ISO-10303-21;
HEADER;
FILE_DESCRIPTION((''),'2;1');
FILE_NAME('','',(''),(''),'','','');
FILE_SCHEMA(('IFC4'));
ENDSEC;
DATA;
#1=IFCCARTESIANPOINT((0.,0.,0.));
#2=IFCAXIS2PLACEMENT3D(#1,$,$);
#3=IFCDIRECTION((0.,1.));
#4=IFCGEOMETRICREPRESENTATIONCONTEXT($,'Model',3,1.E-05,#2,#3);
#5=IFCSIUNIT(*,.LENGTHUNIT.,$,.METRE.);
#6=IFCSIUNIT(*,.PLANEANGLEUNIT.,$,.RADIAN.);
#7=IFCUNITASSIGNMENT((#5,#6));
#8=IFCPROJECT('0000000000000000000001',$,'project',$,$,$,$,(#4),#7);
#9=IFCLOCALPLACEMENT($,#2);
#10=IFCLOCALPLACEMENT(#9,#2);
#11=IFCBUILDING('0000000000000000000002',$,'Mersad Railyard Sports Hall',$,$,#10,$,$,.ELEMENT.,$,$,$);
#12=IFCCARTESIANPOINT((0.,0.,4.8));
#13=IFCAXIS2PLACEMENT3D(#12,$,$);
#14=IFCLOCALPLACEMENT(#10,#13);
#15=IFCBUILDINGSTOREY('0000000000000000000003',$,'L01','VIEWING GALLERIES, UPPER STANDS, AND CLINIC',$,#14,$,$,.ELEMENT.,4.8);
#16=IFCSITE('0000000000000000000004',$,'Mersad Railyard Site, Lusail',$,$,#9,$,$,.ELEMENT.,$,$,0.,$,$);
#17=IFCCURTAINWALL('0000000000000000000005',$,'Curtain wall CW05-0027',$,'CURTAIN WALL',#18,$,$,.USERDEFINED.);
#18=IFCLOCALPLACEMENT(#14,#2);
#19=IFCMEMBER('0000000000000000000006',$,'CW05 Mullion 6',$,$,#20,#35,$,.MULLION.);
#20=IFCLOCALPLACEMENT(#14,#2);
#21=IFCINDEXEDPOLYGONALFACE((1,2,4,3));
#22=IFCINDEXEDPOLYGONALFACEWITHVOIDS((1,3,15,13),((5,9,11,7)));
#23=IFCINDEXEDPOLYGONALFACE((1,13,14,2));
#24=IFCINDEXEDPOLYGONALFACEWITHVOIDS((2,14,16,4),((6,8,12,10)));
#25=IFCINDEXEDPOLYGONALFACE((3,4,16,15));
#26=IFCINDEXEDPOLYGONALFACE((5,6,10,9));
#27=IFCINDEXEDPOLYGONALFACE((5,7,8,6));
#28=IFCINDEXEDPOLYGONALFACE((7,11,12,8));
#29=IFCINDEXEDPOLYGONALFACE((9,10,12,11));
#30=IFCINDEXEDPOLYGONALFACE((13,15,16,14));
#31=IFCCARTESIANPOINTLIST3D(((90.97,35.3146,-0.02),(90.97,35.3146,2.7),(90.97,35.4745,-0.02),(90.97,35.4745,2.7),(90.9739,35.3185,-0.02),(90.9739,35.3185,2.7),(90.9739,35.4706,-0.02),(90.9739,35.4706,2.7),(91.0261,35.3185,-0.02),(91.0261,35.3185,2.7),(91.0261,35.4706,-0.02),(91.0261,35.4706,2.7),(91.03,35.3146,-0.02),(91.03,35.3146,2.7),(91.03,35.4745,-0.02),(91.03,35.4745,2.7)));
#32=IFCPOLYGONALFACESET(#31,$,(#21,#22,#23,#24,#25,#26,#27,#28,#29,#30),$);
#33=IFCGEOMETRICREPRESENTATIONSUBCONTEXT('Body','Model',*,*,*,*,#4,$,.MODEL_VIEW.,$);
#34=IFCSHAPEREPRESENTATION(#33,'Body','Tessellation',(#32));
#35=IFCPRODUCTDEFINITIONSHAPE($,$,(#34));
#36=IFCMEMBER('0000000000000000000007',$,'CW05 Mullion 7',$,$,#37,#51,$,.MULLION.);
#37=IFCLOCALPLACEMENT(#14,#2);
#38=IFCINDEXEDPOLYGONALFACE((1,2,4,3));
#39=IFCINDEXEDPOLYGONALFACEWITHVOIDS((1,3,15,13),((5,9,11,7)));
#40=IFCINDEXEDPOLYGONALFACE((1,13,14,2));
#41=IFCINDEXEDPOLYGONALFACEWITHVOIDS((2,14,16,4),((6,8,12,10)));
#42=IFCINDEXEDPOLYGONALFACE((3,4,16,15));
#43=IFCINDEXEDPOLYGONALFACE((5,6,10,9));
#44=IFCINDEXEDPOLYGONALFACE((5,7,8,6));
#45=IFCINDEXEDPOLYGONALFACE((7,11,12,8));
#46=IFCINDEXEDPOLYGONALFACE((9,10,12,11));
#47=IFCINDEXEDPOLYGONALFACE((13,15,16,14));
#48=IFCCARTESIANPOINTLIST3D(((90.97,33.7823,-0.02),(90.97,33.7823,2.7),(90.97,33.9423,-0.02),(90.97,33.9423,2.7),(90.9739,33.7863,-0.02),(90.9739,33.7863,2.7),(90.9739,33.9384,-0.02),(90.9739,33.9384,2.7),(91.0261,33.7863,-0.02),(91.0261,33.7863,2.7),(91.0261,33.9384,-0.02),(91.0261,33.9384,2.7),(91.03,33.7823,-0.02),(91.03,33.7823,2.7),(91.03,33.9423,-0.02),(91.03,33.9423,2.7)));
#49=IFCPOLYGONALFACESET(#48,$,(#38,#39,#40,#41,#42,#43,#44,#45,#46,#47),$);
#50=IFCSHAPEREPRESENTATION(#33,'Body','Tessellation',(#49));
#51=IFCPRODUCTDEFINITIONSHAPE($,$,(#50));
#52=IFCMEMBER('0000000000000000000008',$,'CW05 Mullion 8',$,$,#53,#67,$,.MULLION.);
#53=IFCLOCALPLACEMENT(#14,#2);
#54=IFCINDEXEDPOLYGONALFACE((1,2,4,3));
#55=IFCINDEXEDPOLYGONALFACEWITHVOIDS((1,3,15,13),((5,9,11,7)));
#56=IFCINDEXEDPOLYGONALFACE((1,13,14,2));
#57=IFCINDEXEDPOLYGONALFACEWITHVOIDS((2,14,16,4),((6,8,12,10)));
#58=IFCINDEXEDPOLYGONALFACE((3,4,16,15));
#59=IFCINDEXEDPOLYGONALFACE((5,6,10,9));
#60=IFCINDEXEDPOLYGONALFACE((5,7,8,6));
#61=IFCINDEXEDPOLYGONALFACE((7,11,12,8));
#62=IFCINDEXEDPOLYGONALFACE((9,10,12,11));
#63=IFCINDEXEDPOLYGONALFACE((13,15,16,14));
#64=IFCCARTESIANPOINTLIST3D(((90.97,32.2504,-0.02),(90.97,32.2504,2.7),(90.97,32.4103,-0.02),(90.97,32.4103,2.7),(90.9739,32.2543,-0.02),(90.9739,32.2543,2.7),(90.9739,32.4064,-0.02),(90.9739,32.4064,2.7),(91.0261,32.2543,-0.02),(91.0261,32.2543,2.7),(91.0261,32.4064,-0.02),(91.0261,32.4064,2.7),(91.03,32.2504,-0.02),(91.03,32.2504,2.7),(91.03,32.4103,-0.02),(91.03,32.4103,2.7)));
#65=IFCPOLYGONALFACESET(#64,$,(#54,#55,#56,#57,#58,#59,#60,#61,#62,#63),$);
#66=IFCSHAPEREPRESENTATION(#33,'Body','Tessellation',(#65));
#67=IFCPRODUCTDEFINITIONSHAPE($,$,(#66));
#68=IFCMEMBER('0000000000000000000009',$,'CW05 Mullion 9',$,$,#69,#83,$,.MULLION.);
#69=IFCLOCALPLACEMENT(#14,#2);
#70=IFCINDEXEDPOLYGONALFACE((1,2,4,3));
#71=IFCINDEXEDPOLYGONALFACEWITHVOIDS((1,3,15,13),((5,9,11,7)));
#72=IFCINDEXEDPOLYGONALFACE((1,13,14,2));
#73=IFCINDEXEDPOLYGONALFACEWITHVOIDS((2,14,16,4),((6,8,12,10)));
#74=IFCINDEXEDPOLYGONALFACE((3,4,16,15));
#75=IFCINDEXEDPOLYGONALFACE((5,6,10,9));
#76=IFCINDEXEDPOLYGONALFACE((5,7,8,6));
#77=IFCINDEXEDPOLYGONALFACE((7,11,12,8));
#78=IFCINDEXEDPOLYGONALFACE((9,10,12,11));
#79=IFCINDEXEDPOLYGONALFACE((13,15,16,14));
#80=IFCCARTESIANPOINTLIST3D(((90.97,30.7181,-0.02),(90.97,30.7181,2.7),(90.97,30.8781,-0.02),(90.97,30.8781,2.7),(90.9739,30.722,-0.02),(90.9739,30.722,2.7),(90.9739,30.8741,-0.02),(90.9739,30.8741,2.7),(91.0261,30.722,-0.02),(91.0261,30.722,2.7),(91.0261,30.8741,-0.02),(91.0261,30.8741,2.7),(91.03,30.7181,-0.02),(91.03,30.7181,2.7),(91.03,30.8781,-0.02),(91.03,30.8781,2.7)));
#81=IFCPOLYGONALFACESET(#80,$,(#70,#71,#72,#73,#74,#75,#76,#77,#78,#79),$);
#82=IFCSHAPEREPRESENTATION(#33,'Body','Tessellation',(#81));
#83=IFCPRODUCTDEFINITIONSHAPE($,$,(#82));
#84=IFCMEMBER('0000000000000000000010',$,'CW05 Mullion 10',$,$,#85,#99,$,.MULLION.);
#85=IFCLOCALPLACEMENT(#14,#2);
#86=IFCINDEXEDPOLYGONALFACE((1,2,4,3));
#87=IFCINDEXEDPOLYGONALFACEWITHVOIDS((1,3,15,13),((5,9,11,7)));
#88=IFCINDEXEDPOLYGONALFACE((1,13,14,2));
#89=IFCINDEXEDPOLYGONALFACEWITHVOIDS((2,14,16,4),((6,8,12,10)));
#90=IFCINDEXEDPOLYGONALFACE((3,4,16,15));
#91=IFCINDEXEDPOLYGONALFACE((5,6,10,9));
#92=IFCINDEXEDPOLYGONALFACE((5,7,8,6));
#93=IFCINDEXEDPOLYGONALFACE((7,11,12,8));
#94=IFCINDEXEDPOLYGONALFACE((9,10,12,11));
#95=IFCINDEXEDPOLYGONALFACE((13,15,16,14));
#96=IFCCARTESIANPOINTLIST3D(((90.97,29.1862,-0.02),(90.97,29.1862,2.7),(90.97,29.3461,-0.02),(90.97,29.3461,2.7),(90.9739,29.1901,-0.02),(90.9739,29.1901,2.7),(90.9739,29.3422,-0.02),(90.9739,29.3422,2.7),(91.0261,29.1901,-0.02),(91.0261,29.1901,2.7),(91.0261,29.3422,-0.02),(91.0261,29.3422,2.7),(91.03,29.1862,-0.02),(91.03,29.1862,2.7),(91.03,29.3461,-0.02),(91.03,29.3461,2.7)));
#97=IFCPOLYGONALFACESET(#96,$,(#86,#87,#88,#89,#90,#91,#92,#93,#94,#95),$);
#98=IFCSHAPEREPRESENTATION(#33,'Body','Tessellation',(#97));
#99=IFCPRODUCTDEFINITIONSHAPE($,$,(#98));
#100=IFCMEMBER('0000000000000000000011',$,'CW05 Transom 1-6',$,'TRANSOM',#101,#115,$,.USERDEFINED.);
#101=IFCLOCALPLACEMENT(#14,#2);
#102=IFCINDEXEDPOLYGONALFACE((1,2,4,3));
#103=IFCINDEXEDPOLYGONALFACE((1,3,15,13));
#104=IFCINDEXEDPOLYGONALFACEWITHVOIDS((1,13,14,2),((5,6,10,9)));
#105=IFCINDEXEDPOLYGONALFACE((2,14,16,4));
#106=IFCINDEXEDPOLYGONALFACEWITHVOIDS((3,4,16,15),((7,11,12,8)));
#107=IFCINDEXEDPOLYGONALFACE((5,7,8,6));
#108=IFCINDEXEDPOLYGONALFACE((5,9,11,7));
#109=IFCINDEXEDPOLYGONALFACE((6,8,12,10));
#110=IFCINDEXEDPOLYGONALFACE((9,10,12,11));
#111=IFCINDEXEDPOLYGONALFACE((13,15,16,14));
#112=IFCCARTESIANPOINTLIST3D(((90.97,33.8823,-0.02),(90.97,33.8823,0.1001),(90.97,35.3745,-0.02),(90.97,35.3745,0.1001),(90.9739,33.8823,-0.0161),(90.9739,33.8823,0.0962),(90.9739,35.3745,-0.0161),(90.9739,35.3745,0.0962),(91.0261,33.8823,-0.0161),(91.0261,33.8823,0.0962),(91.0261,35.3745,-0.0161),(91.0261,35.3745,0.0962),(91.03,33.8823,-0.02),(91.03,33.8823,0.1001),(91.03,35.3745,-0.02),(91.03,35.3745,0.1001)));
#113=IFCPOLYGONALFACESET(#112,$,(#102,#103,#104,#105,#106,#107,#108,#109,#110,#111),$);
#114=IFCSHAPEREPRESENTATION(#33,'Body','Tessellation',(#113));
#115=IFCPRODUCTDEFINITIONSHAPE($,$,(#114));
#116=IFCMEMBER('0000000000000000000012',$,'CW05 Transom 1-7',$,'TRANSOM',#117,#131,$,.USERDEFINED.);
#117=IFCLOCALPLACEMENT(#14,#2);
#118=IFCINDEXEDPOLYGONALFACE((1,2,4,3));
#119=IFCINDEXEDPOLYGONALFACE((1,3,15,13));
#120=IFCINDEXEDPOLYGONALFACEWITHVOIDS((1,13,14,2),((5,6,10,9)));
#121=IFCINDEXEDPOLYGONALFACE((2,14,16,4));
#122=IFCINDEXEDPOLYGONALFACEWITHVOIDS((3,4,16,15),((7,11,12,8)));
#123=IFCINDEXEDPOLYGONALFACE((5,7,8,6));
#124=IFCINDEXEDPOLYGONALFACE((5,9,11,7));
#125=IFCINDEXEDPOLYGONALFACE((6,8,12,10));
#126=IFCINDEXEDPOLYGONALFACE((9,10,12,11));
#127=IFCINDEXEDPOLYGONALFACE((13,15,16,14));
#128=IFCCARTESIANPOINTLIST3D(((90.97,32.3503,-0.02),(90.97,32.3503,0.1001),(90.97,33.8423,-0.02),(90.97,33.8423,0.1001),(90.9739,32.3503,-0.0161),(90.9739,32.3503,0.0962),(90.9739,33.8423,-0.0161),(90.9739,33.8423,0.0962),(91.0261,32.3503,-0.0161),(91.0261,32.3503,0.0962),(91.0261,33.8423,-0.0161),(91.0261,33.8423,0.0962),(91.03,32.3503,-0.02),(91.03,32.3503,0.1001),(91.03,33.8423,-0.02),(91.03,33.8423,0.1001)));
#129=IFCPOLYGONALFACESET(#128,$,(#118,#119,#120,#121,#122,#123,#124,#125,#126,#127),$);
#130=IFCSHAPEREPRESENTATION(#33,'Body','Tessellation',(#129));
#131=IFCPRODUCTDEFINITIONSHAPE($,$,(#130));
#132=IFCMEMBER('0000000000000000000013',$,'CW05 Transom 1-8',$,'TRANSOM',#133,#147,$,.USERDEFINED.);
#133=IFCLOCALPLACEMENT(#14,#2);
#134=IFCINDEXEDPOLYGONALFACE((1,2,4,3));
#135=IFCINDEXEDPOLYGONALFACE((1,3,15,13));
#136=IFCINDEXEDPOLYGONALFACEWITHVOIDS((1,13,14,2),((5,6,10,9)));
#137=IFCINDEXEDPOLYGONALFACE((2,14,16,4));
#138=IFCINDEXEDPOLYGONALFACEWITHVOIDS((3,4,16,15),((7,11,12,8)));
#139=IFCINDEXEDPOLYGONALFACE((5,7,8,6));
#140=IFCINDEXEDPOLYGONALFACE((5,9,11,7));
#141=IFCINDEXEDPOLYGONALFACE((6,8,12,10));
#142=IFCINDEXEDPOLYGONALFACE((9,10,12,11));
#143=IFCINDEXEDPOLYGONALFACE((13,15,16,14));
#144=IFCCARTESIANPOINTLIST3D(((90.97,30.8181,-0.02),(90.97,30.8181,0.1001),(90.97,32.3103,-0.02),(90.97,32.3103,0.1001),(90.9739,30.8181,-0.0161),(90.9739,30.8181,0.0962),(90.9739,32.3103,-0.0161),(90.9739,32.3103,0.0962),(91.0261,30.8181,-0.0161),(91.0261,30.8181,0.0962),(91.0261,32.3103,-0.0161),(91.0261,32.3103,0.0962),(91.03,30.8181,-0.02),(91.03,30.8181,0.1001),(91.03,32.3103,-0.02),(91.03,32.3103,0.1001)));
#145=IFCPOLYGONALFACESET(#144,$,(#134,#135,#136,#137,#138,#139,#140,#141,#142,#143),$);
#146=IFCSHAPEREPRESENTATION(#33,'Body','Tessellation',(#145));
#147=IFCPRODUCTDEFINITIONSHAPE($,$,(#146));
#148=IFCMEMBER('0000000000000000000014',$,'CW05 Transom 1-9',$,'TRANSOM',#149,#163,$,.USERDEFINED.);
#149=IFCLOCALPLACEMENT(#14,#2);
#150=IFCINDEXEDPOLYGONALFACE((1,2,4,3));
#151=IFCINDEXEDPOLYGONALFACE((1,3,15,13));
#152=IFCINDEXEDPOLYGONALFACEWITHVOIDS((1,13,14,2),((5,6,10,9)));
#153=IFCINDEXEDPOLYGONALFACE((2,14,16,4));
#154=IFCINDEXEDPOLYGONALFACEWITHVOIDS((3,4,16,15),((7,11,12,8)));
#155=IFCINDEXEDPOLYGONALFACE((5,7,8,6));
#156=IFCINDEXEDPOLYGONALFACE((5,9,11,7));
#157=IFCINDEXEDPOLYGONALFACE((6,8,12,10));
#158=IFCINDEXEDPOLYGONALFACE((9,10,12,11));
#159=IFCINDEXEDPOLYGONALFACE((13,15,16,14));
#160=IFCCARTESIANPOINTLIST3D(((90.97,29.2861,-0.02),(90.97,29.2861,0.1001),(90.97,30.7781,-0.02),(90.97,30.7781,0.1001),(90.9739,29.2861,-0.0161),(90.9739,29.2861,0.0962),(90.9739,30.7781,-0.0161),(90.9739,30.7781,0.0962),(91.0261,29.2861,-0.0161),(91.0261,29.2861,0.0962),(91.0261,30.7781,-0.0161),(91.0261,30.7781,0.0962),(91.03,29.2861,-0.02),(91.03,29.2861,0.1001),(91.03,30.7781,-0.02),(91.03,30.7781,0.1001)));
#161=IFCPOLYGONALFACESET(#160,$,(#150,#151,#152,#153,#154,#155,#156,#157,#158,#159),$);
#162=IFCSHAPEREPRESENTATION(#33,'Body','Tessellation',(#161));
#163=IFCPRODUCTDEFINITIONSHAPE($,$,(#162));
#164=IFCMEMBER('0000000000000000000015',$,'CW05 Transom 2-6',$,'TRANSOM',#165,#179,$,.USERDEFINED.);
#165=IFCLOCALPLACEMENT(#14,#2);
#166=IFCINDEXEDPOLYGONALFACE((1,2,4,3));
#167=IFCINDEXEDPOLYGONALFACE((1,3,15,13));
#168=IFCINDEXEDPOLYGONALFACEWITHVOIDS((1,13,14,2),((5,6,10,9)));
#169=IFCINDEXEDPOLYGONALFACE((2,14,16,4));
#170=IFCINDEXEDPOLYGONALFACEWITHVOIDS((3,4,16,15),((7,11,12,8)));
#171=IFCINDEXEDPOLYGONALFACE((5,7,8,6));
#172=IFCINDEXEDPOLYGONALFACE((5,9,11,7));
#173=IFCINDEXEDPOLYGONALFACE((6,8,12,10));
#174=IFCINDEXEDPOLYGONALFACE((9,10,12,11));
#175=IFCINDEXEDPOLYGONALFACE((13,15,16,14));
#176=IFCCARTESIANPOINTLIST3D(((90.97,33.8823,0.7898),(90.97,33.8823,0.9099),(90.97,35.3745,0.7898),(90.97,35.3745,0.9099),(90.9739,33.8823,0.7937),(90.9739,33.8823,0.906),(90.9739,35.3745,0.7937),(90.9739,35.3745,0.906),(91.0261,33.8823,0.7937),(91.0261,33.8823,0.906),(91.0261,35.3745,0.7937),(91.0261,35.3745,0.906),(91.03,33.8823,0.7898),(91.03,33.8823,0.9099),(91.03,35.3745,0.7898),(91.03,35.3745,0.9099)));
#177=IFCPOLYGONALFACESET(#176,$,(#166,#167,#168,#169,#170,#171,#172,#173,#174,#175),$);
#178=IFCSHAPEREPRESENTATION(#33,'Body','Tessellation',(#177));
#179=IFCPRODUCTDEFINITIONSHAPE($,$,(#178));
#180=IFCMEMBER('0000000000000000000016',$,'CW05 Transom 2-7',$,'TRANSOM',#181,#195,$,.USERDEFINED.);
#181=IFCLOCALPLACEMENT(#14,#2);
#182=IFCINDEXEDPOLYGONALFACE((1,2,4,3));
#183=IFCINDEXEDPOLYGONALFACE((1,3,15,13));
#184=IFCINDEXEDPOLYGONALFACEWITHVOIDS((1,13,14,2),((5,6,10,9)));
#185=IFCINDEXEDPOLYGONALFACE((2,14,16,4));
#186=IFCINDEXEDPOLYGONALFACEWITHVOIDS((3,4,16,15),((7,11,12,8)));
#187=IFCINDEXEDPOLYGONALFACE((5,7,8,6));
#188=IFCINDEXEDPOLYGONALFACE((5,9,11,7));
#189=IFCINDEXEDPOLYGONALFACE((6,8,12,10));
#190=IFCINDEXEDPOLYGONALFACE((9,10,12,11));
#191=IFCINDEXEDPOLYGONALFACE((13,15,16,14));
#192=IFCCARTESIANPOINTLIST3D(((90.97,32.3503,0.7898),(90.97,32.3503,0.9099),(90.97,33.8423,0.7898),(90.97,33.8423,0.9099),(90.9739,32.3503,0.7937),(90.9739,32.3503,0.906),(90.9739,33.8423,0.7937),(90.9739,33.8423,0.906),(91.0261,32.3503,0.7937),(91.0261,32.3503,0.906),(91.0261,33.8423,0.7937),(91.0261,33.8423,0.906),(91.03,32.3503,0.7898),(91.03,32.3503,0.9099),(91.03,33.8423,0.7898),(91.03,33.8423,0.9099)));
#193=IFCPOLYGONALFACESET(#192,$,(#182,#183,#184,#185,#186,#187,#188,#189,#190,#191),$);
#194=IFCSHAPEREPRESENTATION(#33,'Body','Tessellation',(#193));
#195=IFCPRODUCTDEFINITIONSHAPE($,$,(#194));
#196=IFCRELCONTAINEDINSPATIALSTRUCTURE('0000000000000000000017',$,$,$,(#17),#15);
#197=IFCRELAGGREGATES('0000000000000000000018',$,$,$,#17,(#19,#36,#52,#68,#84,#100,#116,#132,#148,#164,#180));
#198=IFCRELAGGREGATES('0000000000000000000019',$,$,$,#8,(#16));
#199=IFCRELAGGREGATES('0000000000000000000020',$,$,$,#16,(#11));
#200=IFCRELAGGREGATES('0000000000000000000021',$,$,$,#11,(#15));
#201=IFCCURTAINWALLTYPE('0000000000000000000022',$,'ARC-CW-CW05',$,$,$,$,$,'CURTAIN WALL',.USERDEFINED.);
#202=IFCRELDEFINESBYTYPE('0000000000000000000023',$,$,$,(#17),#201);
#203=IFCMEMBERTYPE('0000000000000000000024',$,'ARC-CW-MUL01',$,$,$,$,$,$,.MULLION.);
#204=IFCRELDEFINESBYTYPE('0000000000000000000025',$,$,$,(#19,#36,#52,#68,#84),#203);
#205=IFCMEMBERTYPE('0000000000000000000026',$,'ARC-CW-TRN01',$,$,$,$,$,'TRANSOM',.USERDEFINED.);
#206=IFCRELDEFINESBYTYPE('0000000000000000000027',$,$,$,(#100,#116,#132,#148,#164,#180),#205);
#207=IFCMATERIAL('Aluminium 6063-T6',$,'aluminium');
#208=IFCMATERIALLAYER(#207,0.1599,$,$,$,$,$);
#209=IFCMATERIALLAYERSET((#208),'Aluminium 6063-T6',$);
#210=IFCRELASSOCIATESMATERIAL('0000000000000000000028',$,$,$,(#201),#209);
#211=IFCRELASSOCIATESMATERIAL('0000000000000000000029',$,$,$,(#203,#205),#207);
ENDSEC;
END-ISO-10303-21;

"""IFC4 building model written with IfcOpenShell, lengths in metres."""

from ifc_helpers import new_model, si_unit, direction, frame, origin, origin_2d, place, context, subcontext, project, spatial, hollow_rectangle, extrude, material, layer, layer_set, material_profile, profile_set, type_object, element, aggregate, save


model = new_model("IFC4")

# Units and contexts
model_context = context("Model", 3, precision=1e-05, world=origin(), true_north=direction((0.0, 1.0)))
body_context = subcontext(model_context, "Body", "Model", "MODEL_VIEW")
ifc_project = project(units=[si_unit("LENGTHUNIT", "METRE"), si_unit("PLANEANGLEUNIT", "RADIAN")], contexts=[model_context])

# Site, building, storey
site_placement = place(None, origin())
site = spatial("IfcSite", under=ifc_project, at=site_placement, Name="Mersad Railyard Site, Lusail", CompositionType="ELEMENT", RefElevation=0.0)
building_placement = place(site_placement, origin())
building = spatial("IfcBuilding", under=site, at=building_placement, Name="Mersad Railyard Sports Hall", CompositionType="ELEMENT")
storey_placement = place(building_placement, frame((0.0, 0.0, 4.8)))
storey = spatial("IfcBuildingStorey", under=building, at=storey_placement, Name="L01", Description="VIEWING GALLERIES, UPPER STANDS, AND CLINIC", CompositionType="ELEMENT", Elevation=4.8)

# Curtain wall, members
ifc_material_1 = material(Name="Aluminium 6063-T6", Category="aluminium")
ifc_layer_1 = layer(ifc_material_1, 0.1599)
ifc_layer_set_1 = layer_set([ifc_layer_1], Name="Aluminium 6063-T6")
curtain_wall_type = type_object("IfcCurtainWallType", Name="ARC-CW-CW05", ElementType="CURTAIN WALL", PredefinedType="USERDEFINED", material=ifc_layer_set_1)
curtain_wall_placement = place(storey_placement, origin())
curtain_wall = element("IfcCurtainWall", 1, at=curtain_wall_placement, inside=storey, type_object=curtain_wall_type, Name="Curtain wall CW05-0027", ObjectType="CURTAIN WALL", PredefinedType="USERDEFINED")
ifc_material_profile_1 = material_profile(ifc_material_1, hollow_rectangle(XDim=0.0601, YDim=0.1599, WallThickness=0.0039, at=origin_2d()), Name="AL MULLION 60x160x4")
ifc_profile_set_1 = profile_set([ifc_material_profile_1], Name="Aluminium 6063-T6")
member_type_1 = type_object("IfcMemberType", Name="ARC-CW-MUL01", PredefinedType="MULLION", material=ifc_profile_set_1)
member_1_placement = place(storey_placement, frame((91.0, 35.3945, -0.02), z_axis=(0.0, 0.0, 1.0), x_axis=(1.0, 0.0, 0.0)))
member_1 = element("IfcMember", 2, at=member_1_placement, type_object=member_type_1, Name="CW05 Mullion 6", PredefinedType="MULLION", context=body_context, shape_type="SweptSolid", body=[
    extrude(hollow_rectangle(XDim=0.0601, YDim=0.1599, WallThickness=0.0039, at=origin_2d()), origin(), (0.0, 0.0, 1.0), 2.72),
])
member_2_placement = place(storey_placement, frame((91.0, 33.8623, -0.02), z_axis=(0.0, 0.0, 1.0), x_axis=(1.0, 0.0, 0.0)))
member_2 = element("IfcMember", 3, at=member_2_placement, type_object=member_type_1, Name="CW05 Mullion 7", PredefinedType="MULLION", context=body_context, shape_type="SweptSolid", body=[
    extrude(hollow_rectangle(XDim=0.0601, YDim=0.1599, WallThickness=0.0039, at=origin_2d()), origin(), (0.0, 0.0, 1.0), 2.72),
])
member_3_placement = place(storey_placement, frame((91.0, 32.3303, -0.02), z_axis=(0.0, 0.0, 1.0), x_axis=(1.0, 0.0, 0.0)))
member_3 = element("IfcMember", 4, at=member_3_placement, type_object=member_type_1, Name="CW05 Mullion 8", PredefinedType="MULLION", context=body_context, shape_type="SweptSolid", body=[
    extrude(hollow_rectangle(XDim=0.0601, YDim=0.1599, WallThickness=0.0039, at=origin_2d()), origin(), (0.0, 0.0, 1.0), 2.72),
])
member_4_placement = place(storey_placement, frame((91.0, 30.7981, -0.02), z_axis=(0.0, 0.0, 1.0), x_axis=(1.0, 0.0, 0.0)))
member_4 = element("IfcMember", 5, at=member_4_placement, type_object=member_type_1, Name="CW05 Mullion 9", PredefinedType="MULLION", context=body_context, shape_type="SweptSolid", body=[
    extrude(hollow_rectangle(XDim=0.0601, YDim=0.1599, WallThickness=0.0039, at=origin_2d()), origin(), (0.0, 0.0, 1.0), 2.72),
])
member_5_placement = place(storey_placement, frame((91.0, 29.2661, -0.02), z_axis=(0.0, 0.0, 1.0), x_axis=(1.0, 0.0, 0.0)))
member_5 = element("IfcMember", 6, at=member_5_placement, type_object=member_type_1, Name="CW05 Mullion 10", PredefinedType="MULLION", context=body_context, shape_type="SweptSolid", body=[
    extrude(hollow_rectangle(XDim=0.0601, YDim=0.1599, WallThickness=0.0039, at=origin_2d()), origin(), (0.0, 0.0, 1.0), 2.72),
])
ifc_material_profile_2 = material_profile(ifc_material_1, hollow_rectangle(XDim=0.0601, YDim=0.1201, WallThickness=0.0039, at=origin_2d()), Name="AL TRANSOM 60x120x4")
ifc_profile_set_2 = profile_set([ifc_material_profile_2], Name="Aluminium 6063-T6")
member_type_2 = type_object("IfcMemberType", Name="ARC-CW-TRN01", ElementType="TRANSOM", PredefinedType="USERDEFINED", material=ifc_profile_set_2)
member_6_placement = place(storey_placement, frame((91.0, 35.3745, 0.04), z_axis=(0.0, -1.0, 0.0), x_axis=(1.0, 0.0, 0.0)))
member_6 = element("IfcMember", 7, at=member_6_placement, type_object=member_type_2, Name="CW05 Transom 1-6", ObjectType="TRANSOM", PredefinedType="USERDEFINED", context=body_context, shape_type="SweptSolid", body=[
    extrude(hollow_rectangle(XDim=0.0601, YDim=0.1201, WallThickness=0.0039, at=origin_2d()), origin(), (0.0, 0.0, 1.0), 1.4922),
])
member_7_placement = place(storey_placement, frame((91.0, 33.8423, 0.04), z_axis=(0.0, -1.0, 0.0), x_axis=(1.0, 0.0, 0.0)))
member_7 = element("IfcMember", 8, at=member_7_placement, type_object=member_type_2, Name="CW05 Transom 1-7", ObjectType="TRANSOM", PredefinedType="USERDEFINED", context=body_context, shape_type="SweptSolid", body=[
    extrude(hollow_rectangle(XDim=0.0601, YDim=0.1201, WallThickness=0.0039, at=origin_2d()), origin(), (0.0, 0.0, 1.0), 1.4919),
])
member_8_placement = place(storey_placement, frame((91.0, 32.3103, 0.04), z_axis=(0.0, -1.0, 0.0), x_axis=(1.0, 0.0, 0.0)))
member_8 = element("IfcMember", 9, at=member_8_placement, type_object=member_type_2, Name="CW05 Transom 1-8", ObjectType="TRANSOM", PredefinedType="USERDEFINED", context=body_context, shape_type="SweptSolid", body=[
    extrude(hollow_rectangle(XDim=0.0601, YDim=0.1201, WallThickness=0.0039, at=origin_2d()), origin(), (0.0, 0.0, 1.0), 1.4922),
])
member_9_placement = place(storey_placement, frame((91.0, 30.7781, 0.04), z_axis=(0.0, -1.0, 0.0), x_axis=(1.0, 0.0, 0.0)))
member_9 = element("IfcMember", 10, at=member_9_placement, type_object=member_type_2, Name="CW05 Transom 1-9", ObjectType="TRANSOM", PredefinedType="USERDEFINED", context=body_context, shape_type="SweptSolid", body=[
    extrude(hollow_rectangle(XDim=0.0601, YDim=0.1201, WallThickness=0.0039, at=origin_2d()), origin(), (0.0, 0.0, 1.0), 1.4919),
])
member_10_placement = place(storey_placement, frame((91.0, 35.3745, 0.8499), z_axis=(0.0, -1.0, 0.0), x_axis=(1.0, 0.0, 0.0)))
member_10 = element("IfcMember", 11, at=member_10_placement, type_object=member_type_2, Name="CW05 Transom 2-6", ObjectType="TRANSOM", PredefinedType="USERDEFINED", context=body_context, shape_type="SweptSolid", body=[
    extrude(hollow_rectangle(XDim=0.0601, YDim=0.1201, WallThickness=0.0039, at=origin_2d()), origin(), (0.0, 0.0, 1.0), 1.4922),
])
member_11_placement = place(storey_placement, frame((91.0, 33.8423, 0.8499), z_axis=(0.0, -1.0, 0.0), x_axis=(1.0, 0.0, 0.0)))
member_11 = element("IfcMember", 12, at=member_11_placement, type_object=member_type_2, Name="CW05 Transom 2-7", ObjectType="TRANSOM", PredefinedType="USERDEFINED", context=body_context, shape_type="SweptSolid", body=[
    extrude(hollow_rectangle(XDim=0.0601, YDim=0.1201, WallThickness=0.0039, at=origin_2d()), origin(), (0.0, 0.0, 1.0), 1.4919),
])
aggregate(curtain_wall, [member_1, member_2, member_3, member_4, member_5, member_6, member_7, member_8, member_9, member_10, member_11])

save(model, "model.ifc")
